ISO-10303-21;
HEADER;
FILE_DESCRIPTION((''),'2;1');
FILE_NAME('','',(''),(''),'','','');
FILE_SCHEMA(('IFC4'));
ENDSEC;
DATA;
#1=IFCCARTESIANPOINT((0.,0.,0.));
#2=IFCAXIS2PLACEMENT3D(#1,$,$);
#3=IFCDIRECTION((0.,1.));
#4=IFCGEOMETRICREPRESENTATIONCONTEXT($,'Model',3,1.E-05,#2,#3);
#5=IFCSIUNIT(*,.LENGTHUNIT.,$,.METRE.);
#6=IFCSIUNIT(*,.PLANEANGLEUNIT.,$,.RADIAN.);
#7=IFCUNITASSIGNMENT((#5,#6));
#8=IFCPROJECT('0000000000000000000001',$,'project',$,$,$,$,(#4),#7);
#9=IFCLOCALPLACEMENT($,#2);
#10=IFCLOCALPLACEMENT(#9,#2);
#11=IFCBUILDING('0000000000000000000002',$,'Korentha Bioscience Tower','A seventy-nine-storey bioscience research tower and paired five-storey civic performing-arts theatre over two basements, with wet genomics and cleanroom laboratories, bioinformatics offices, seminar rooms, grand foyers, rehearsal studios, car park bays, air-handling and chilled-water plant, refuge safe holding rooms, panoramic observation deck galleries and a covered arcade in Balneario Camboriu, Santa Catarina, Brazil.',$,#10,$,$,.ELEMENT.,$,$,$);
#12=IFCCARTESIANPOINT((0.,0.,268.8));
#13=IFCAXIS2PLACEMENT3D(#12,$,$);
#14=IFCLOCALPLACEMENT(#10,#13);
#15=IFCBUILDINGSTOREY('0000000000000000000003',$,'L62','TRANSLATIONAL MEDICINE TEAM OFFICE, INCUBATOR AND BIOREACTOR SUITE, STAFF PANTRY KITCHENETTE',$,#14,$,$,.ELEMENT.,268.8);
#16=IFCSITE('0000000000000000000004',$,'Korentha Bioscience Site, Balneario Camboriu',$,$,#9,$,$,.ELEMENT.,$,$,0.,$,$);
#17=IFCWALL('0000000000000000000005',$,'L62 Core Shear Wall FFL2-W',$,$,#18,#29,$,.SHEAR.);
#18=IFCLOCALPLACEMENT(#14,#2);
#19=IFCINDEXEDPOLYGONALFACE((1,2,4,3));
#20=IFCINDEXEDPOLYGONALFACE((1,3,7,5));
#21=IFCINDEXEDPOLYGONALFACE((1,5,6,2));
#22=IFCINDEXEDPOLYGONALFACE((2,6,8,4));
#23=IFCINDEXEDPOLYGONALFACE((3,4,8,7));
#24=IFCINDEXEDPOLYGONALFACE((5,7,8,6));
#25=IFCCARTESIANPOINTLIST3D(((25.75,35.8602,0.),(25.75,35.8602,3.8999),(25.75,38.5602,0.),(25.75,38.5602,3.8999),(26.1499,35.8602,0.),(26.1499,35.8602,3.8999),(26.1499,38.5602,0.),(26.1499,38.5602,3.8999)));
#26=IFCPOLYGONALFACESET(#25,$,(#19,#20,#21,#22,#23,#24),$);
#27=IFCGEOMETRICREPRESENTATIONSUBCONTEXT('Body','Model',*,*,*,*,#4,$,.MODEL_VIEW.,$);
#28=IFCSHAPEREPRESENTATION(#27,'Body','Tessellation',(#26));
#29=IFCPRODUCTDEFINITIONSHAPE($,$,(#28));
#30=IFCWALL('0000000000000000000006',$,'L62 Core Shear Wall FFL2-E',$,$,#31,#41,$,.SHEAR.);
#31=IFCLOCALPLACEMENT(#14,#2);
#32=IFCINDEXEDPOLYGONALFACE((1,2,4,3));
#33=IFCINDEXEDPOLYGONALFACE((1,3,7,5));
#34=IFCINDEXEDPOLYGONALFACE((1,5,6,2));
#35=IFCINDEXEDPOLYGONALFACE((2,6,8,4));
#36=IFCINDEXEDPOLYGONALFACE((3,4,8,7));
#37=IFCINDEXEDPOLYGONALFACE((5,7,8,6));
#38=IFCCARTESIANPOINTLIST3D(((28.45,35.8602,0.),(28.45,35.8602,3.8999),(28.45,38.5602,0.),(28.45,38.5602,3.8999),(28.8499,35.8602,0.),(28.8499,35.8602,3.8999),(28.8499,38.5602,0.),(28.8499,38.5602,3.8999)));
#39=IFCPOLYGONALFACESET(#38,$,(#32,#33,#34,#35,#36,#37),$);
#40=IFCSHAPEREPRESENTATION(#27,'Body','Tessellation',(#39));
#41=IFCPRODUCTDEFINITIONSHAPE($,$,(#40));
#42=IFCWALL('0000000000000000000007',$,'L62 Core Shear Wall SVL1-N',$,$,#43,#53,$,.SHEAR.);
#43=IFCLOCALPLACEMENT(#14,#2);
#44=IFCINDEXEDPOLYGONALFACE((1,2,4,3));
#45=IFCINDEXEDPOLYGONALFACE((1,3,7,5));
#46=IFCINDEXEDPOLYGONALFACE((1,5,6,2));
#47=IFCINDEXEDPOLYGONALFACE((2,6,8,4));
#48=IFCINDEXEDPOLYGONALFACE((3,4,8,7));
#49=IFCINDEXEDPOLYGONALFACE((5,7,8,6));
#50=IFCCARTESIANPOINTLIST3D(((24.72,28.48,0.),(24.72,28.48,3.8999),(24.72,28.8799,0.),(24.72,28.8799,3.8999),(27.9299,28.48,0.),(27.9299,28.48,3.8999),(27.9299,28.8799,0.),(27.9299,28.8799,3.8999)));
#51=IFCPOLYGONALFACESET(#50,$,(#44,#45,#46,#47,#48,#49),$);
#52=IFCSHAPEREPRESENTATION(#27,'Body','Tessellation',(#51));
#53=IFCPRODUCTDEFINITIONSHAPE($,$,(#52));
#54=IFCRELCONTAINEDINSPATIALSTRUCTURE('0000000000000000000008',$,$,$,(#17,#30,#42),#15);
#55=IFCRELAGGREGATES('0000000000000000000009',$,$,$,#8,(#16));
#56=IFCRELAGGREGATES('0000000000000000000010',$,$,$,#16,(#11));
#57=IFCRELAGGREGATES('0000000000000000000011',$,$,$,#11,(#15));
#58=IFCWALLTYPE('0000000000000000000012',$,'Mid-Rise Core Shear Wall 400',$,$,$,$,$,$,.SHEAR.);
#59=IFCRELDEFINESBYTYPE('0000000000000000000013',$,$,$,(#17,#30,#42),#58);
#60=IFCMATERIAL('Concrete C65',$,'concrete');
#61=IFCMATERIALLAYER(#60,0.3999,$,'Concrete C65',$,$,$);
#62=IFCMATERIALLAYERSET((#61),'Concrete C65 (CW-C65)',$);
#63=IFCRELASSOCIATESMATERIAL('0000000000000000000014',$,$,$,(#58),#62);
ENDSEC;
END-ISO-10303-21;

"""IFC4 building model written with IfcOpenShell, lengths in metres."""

from ifc_helpers import new_model, si_unit, direction, frame, frame_2d, origin, place, context, subcontext, project, spatial, rectangle, extrude, material, layer, layer_set, type_object, element, save


model = new_model("IFC4")

# Units and contexts
model_context = context("Model", 3, precision=1e-05, world=origin(), true_north=direction((0.0, 1.0)))
body_context = subcontext(model_context, "Body", "Model", "MODEL_VIEW")
ifc_project = project(units=[si_unit("LENGTHUNIT", "METRE"), si_unit("PLANEANGLEUNIT", "RADIAN")], contexts=[model_context])

# Site, building, storey
site_placement = place(None, origin())
site = spatial("IfcSite", under=ifc_project, at=site_placement, Name="Korentha Bioscience Site, Balneario Camboriu", CompositionType="ELEMENT", RefElevation=0.0)
building_placement = place(site_placement, origin())
building = spatial("IfcBuilding", under=site, at=building_placement, Name="Korentha Bioscience Tower", Description="A seventy-nine-storey bioscience research tower and paired five-storey civic performing-arts theatre over two basements, with wet genomics and cleanroom laboratories, bioinformatics offices, seminar rooms, grand foyers, rehearsal studios, car park bays, air-handling and chilled-water plant, refuge safe holding rooms, panoramic observation deck galleries and a covered arcade in Balneario Camboriu, Santa Catarina, Brazil.", CompositionType="ELEMENT")
storey_placement = place(building_placement, frame((0.0, 0.0, 268.8)))
storey = spatial("IfcBuildingStorey", under=building, at=storey_placement, Name="L62", Description="TRANSLATIONAL MEDICINE TEAM OFFICE, INCUBATOR AND BIOREACTOR SUITE, STAFF PANTRY KITCHENETTE", CompositionType="ELEMENT", Elevation=268.8)

# Shared definitions
ifc_material_1 = material(Name="Concrete C65", Category="concrete")

# Shared definitions
ifc_layer_1 = layer(ifc_material_1, 0.3999, Name="Concrete C65")
ifc_layer_set_1 = layer_set([ifc_layer_1], Name="Concrete C65 (CW-C65)")
wall_type_1 = type_object("IfcWallType", Name="Mid-Rise Core Shear Wall 400", PredefinedType="SHEAR", material=ifc_layer_set_1)

# Walls
for number, where, z_axis, x_axis, name in (
    (1, (25.95, 35.8601, 0.0), (0.0, 0.0, 1.0), (0.0, 1.0, 0.0), "L62 Core Shear Wall FFL2-W"),
    (2, (28.6499, 35.8601, 0.0), (0.0, 0.0, 1.0), (0.0, 1.0, 0.0), "L62 Core Shear Wall FFL2-E"),
):
    element("IfcWall", number, at=place(storey_placement, frame(where, z_axis=z_axis, x_axis=x_axis)), inside=storey, type_object=wall_type_1, Name=name, PredefinedType="SHEAR", context=body_context, shape_type="SweptSolid", body=[
        extrude(rectangle(XDim=2.7, YDim=0.3999, at=frame_2d((1.3501, 0.0))), origin(), (0.0, 0.0, 1.0), 3.8999),
    ])
wall_1_placement = place(storey_placement, frame((24.72, 28.6799, 0.0), z_axis=(0.0, 0.0, 1.0), x_axis=(1.0, 0.0, 0.0)))
element("IfcWall", 3, at=wall_1_placement, inside=storey, type_object=wall_type_1, Name="L62 Core Shear Wall SVL1-N", PredefinedType="SHEAR", context=body_context, shape_type="SweptSolid", body=[
    extrude(rectangle(XDim=3.21, YDim=0.3999, at=frame_2d((1.605, 0.0))), origin(), (0.0, 0.0, 1.0), 3.8999),
])

save(model, "model.ifc")
